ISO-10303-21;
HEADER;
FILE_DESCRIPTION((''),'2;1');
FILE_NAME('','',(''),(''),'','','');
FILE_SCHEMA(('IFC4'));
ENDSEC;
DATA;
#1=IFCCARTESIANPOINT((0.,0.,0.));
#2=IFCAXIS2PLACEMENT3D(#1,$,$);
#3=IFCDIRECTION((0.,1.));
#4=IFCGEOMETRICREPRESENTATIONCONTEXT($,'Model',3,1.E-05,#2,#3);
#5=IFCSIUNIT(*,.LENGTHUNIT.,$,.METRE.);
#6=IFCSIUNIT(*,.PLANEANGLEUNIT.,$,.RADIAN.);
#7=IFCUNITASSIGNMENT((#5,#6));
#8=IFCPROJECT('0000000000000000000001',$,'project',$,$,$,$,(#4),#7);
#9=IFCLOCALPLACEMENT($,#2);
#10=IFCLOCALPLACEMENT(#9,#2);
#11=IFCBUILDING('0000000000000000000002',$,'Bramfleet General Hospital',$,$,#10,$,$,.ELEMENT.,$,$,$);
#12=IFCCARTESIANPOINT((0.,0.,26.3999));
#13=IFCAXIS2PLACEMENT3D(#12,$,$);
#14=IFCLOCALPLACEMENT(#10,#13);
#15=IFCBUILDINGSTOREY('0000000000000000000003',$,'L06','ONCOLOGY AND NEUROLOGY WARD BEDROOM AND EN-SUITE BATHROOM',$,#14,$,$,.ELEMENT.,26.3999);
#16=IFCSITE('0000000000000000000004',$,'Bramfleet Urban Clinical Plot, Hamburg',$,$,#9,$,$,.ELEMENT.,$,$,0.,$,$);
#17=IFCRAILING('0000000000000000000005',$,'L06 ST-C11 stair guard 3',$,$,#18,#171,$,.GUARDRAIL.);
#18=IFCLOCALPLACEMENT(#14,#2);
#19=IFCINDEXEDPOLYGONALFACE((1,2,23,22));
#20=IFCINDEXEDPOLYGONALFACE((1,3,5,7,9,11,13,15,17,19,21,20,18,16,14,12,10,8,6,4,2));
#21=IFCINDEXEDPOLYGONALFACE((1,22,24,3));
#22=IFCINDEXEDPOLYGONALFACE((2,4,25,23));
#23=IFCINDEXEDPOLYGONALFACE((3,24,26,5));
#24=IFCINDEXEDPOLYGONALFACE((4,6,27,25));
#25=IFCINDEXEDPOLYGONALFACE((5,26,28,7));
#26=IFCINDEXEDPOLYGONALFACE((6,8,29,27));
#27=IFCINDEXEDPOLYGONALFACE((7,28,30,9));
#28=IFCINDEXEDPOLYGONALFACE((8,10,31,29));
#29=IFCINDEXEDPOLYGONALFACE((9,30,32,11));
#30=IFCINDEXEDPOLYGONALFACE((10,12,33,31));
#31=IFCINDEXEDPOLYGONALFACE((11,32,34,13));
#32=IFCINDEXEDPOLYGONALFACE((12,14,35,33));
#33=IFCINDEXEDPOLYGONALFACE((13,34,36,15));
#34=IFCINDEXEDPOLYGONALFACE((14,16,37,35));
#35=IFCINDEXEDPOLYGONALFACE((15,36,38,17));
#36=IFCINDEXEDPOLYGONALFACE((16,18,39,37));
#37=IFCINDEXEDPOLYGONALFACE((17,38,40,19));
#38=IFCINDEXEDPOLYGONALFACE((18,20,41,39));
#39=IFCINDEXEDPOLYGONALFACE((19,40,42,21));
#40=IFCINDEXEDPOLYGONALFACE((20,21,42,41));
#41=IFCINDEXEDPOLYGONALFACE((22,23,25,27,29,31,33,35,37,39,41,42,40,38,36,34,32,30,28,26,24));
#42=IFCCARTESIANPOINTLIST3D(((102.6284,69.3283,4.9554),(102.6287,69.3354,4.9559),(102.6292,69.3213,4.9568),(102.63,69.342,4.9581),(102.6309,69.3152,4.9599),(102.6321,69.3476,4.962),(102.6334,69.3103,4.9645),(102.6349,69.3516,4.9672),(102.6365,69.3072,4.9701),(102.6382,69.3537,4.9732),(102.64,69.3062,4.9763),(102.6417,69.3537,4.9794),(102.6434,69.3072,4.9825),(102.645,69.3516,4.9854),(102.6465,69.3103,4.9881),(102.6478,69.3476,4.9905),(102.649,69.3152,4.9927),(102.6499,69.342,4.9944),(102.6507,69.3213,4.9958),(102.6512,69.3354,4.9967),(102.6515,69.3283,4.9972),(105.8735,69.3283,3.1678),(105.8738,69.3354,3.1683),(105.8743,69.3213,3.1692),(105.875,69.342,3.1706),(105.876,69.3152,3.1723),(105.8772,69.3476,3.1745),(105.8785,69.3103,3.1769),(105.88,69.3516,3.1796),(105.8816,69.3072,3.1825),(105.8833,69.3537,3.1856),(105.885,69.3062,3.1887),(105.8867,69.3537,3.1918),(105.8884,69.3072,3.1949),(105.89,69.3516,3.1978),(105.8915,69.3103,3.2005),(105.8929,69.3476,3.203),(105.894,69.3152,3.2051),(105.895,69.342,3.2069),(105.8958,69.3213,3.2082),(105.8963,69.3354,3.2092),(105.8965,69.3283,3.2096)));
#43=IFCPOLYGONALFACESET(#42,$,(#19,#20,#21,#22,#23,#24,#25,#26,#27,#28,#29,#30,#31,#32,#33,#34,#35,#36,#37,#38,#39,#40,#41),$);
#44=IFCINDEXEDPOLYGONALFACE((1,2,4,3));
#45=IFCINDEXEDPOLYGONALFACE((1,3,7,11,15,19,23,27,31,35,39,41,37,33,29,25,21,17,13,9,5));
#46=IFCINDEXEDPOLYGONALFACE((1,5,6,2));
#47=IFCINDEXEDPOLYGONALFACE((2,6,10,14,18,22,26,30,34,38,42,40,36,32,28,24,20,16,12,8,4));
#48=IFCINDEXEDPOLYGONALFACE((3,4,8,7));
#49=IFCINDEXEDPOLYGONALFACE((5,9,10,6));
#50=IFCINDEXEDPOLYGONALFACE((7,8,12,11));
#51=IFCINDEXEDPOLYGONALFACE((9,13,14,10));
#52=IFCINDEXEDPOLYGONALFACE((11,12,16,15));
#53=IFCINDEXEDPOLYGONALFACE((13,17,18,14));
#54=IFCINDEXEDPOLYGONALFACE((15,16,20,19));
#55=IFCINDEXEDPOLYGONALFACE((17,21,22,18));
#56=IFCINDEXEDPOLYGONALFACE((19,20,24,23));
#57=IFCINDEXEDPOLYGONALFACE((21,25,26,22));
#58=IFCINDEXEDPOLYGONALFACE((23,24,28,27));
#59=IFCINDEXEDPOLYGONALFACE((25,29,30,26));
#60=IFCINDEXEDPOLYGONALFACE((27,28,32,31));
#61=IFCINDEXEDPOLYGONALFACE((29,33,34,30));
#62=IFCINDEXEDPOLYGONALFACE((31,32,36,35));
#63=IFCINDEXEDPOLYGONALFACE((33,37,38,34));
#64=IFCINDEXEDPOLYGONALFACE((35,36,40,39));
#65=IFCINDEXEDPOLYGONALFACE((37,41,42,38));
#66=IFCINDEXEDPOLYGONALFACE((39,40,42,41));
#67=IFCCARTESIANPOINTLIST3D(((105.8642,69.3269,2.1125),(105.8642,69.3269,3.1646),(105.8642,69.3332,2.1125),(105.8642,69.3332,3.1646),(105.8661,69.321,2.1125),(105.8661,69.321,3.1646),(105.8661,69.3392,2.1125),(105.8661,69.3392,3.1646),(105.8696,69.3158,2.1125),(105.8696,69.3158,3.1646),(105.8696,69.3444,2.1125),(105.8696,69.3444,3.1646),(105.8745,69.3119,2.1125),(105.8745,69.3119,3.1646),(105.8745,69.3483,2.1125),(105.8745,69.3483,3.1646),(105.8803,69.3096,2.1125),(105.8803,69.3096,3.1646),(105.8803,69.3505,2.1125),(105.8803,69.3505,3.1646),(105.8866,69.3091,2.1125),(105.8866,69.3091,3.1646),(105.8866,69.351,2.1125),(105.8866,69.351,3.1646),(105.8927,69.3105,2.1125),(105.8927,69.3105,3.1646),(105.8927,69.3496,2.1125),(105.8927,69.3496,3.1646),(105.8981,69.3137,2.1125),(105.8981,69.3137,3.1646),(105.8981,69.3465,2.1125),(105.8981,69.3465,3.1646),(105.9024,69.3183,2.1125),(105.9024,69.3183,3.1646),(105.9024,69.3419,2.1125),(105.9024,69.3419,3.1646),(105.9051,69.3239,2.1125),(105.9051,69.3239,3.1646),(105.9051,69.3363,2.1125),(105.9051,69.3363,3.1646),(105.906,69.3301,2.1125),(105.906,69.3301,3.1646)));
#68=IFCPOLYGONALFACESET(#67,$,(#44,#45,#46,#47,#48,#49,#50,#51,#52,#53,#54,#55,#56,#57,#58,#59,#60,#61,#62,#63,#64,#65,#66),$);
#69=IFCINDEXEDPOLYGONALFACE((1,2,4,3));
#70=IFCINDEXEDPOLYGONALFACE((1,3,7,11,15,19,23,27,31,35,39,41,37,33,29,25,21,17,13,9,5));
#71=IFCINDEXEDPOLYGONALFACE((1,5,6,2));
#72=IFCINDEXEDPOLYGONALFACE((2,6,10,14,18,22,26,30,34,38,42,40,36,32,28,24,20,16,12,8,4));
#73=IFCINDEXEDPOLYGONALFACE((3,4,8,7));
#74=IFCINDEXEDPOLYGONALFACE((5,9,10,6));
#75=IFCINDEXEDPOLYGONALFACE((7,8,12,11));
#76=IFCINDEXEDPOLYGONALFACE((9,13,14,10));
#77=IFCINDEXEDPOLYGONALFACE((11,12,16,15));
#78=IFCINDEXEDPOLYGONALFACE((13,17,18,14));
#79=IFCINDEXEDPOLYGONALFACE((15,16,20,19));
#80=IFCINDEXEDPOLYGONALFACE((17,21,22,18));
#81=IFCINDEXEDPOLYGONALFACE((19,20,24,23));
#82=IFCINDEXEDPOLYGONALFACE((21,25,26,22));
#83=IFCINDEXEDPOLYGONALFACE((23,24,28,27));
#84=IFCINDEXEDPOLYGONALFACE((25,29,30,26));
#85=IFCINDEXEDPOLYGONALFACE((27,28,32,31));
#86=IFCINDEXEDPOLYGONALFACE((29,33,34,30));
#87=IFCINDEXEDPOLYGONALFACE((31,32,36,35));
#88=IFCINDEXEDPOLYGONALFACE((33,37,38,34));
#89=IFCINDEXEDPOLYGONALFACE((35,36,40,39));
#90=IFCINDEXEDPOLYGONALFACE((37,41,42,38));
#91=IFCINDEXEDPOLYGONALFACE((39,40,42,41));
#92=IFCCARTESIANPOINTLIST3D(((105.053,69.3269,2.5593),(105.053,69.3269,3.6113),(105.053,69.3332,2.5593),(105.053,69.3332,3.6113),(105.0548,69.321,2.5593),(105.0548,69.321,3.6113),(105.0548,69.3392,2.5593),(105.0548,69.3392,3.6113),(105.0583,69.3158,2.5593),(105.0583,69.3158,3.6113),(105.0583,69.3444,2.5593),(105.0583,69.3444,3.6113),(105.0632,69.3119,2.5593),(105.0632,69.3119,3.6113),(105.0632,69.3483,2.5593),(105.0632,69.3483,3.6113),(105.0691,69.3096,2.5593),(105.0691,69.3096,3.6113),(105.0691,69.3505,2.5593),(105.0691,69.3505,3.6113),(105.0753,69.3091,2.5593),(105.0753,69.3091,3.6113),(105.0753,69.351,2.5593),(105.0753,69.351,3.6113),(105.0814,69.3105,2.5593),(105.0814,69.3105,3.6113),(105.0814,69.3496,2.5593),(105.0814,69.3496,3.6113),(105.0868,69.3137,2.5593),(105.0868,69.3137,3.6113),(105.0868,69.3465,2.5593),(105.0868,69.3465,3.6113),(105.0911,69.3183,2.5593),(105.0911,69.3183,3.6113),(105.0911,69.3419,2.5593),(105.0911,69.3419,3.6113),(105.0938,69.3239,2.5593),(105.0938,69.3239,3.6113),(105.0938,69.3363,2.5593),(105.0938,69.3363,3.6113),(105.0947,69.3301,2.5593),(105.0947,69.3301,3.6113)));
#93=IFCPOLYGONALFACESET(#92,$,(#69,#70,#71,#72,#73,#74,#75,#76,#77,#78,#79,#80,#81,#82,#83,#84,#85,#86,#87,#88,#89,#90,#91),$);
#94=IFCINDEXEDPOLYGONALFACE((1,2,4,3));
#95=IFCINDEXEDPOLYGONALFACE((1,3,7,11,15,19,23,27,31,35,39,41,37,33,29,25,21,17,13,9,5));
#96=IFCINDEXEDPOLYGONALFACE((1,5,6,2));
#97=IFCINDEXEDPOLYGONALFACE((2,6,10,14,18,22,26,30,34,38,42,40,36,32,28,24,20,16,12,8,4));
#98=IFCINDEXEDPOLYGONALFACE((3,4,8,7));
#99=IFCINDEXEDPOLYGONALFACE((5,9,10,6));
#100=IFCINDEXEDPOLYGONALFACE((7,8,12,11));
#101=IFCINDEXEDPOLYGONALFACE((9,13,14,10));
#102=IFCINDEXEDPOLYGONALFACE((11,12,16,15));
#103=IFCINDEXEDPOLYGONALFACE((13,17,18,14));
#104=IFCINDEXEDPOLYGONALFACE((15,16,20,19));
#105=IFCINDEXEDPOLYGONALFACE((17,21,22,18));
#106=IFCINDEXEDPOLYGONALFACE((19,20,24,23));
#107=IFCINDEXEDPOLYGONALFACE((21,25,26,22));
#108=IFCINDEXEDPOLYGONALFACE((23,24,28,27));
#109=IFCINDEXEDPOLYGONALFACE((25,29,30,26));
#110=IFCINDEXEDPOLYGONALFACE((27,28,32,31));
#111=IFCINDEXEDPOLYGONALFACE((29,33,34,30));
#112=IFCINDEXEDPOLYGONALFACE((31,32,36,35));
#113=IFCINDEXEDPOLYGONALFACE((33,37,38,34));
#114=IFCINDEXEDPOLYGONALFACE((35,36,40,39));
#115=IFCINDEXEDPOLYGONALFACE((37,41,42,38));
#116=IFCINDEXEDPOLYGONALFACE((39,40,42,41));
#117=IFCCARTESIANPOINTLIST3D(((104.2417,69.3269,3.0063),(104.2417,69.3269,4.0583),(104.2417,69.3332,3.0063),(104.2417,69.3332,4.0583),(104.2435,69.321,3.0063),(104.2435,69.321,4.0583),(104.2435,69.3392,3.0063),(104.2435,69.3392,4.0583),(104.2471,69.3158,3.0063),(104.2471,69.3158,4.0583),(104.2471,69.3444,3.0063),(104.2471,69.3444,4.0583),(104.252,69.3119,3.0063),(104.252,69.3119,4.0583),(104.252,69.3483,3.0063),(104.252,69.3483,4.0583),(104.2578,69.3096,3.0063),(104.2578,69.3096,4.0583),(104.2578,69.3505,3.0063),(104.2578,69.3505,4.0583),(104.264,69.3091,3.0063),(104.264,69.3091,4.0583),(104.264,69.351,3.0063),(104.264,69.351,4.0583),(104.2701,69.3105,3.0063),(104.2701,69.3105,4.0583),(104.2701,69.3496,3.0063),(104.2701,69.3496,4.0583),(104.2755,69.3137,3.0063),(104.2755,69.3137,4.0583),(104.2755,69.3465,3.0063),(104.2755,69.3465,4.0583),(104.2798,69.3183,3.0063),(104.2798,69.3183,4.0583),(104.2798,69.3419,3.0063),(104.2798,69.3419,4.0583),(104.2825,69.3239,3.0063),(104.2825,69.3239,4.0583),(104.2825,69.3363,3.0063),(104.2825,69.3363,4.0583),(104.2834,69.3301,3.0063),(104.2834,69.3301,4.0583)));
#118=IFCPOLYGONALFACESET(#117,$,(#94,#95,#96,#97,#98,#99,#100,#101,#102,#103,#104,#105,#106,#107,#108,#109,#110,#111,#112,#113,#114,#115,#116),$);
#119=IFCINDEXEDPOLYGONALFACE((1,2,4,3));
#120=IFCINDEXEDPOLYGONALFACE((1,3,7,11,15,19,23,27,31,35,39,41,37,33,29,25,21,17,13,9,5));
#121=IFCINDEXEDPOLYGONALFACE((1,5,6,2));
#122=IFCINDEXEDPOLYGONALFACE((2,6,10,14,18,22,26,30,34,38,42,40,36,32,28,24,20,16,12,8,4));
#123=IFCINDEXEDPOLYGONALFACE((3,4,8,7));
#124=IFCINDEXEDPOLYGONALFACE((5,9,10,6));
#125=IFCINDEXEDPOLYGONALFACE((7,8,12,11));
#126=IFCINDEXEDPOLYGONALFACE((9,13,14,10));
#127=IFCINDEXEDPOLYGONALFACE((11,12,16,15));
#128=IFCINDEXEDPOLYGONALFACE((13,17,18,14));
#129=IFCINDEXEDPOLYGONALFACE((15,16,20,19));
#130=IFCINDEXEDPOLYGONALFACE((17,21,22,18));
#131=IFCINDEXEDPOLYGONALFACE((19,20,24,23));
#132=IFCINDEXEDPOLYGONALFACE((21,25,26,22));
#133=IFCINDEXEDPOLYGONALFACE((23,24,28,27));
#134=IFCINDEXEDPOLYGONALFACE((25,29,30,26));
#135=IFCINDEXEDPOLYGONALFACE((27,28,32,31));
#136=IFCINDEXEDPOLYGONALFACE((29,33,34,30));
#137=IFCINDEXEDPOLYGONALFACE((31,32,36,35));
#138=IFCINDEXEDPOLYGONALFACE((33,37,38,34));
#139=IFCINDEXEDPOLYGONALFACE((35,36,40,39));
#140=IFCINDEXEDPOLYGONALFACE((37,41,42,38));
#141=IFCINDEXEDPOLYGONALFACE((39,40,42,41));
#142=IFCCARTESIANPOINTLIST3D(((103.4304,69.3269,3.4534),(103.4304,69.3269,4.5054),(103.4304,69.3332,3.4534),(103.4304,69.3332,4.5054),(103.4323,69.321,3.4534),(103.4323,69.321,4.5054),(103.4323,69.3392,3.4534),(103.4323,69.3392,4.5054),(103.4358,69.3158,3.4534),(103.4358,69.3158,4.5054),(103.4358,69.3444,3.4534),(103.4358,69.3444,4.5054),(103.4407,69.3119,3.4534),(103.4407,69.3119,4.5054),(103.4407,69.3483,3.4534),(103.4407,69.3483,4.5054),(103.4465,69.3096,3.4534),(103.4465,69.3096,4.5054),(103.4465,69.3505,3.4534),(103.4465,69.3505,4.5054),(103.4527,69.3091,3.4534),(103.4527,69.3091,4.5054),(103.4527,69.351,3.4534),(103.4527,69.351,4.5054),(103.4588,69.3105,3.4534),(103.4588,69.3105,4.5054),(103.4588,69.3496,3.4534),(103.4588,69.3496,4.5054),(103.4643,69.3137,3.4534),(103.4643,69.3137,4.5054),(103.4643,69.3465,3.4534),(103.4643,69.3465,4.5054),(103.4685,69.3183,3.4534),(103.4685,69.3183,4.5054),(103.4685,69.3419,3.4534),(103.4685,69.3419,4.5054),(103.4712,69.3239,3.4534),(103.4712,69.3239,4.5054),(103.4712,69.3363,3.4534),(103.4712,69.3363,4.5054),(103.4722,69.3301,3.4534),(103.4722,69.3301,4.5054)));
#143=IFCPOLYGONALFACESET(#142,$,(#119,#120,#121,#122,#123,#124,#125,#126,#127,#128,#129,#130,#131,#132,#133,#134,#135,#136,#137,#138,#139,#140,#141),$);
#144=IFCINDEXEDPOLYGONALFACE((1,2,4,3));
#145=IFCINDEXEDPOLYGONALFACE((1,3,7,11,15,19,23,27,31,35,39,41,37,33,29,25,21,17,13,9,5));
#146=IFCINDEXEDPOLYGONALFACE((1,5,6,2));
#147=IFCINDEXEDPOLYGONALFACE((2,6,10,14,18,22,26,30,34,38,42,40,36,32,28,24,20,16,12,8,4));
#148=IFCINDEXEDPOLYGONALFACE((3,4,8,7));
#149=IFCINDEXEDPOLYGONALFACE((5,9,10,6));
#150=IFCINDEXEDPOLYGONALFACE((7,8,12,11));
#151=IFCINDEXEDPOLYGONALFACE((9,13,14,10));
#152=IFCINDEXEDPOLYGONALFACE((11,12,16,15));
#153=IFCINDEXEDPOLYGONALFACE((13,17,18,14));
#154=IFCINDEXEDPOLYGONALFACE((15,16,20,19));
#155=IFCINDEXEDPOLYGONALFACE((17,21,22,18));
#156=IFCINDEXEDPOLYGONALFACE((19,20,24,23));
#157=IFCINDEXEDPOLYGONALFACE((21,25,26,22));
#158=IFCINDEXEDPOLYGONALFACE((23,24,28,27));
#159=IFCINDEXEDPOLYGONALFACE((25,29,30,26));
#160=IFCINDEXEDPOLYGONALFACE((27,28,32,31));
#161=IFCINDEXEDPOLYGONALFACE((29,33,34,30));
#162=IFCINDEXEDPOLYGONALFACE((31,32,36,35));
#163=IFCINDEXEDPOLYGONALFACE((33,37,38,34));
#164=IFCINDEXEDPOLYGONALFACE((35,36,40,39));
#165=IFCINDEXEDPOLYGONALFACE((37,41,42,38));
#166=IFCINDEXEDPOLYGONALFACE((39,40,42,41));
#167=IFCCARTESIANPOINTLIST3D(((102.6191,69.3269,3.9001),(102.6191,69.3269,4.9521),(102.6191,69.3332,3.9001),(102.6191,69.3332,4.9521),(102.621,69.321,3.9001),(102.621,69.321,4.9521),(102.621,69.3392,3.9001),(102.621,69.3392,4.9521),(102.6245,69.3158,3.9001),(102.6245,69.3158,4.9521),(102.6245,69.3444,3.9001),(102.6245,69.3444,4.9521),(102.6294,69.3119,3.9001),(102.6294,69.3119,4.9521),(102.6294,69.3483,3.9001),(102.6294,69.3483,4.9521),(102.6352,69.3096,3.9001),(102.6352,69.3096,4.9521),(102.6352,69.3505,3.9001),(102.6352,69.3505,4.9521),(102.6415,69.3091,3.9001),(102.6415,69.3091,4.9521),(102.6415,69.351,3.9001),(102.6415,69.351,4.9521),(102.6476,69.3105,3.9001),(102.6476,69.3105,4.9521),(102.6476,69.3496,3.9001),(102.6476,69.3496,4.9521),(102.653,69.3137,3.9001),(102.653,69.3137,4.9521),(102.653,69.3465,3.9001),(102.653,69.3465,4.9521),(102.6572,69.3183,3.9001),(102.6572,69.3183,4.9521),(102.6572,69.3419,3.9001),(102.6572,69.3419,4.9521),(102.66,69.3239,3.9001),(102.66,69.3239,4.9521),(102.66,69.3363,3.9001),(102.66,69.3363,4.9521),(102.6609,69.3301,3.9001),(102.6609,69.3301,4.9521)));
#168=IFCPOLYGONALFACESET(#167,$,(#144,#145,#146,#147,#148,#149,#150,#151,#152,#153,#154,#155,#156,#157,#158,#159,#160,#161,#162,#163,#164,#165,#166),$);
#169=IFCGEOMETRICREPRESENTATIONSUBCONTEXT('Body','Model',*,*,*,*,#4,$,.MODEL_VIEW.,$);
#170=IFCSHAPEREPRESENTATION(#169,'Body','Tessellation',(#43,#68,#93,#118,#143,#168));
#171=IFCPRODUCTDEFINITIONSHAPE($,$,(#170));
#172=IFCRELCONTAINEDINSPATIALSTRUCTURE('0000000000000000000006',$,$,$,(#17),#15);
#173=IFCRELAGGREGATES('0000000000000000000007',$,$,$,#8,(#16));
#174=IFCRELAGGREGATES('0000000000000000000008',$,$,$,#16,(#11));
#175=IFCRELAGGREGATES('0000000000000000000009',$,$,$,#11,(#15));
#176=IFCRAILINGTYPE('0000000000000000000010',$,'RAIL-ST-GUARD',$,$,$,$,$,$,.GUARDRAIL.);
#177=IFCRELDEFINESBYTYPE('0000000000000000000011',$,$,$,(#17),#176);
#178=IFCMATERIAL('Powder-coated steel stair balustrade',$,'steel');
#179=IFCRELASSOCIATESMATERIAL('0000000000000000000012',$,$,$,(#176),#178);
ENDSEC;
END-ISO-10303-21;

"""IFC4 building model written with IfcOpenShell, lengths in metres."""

from ifc_helpers import new_model, si_unit, direction, frame, origin, origin_2d, place, context, subcontext, project, spatial, circle, extrude, material, type_object, element, save


model = new_model("IFC4")

# Units and contexts
model_context = context("Model", 3, precision=1e-05, world=origin(), true_north=direction((0.0, 1.0)))
body_context = subcontext(model_context, "Body", "Model", "MODEL_VIEW")
ifc_project = project(units=[si_unit("LENGTHUNIT", "METRE"), si_unit("PLANEANGLEUNIT", "RADIAN")], contexts=[model_context])

# Site, building, storey
site_placement = place(None, origin())
site = spatial("IfcSite", under=ifc_project, at=site_placement, Name="Bramfleet Urban Clinical Plot, Hamburg", CompositionType="ELEMENT", RefElevation=0.0)
building_placement = place(site_placement, origin())
building = spatial("IfcBuilding", under=site, at=building_placement, Name="Bramfleet General Hospital", CompositionType="ELEMENT")
storey_placement = place(building_placement, frame((0.0, 0.0, 26.3999)))
storey = spatial("IfcBuildingStorey", under=building, at=storey_placement, Name="L06", Description="ONCOLOGY AND NEUROLOGY WARD BEDROOM AND EN-SUITE BATHROOM", CompositionType="ELEMENT", Elevation=26.3999)

# Railing
ifc_material_1 = material(Name="Powder-coated steel stair balustrade", Category="steel")
railing_type_1 = type_object("IfcRailingType", Name="RAIL-ST-GUARD", PredefinedType="GUARDRAIL", material=ifc_material_1)
railing_1_placement = place(storey_placement, frame((105.885, 69.3301, 2.1125)))
element("IfcRailing", 1, at=railing_1_placement, inside=storey, type_object=railing_type_1, Name="L06 ST-C11 stair guard 3", PredefinedType="GUARDRAIL", context=body_context, shape_type="SweptSolid", body=[
    extrude(circle(Radius=0.0239, at=origin_2d()), frame((0.0, 0.0, 1.0762), z_axis=(-0.875899, 0.0, 0.482495), x_axis=(0.0, -1.0, 0.0)), (0.0, 0.0, 1.0), 3.7048),
    extrude(circle(Radius=0.021, at=origin_2d()), origin(), (0.0, 0.0, 1.0), 1.052),
    extrude(circle(Radius=0.021, at=origin_2d()), frame((-0.8113, 0.0, 0.4468)), (0.0, 0.0, 1.0), 1.052),
    extrude(circle(Radius=0.021, at=origin_2d()), frame((-1.6226, 0.0, 0.8938)), (0.0, 0.0, 1.0), 1.052),
    extrude(circle(Radius=0.021, at=origin_2d()), frame((-2.4338, 0.0, 1.3408)), (0.0, 0.0, 1.0), 1.052),
    extrude(circle(Radius=0.021, at=origin_2d()), frame((-3.2451, 0.0, 1.7876)), (0.0, 0.0, 1.0), 1.052),
])

save(model, "model.ifc")
